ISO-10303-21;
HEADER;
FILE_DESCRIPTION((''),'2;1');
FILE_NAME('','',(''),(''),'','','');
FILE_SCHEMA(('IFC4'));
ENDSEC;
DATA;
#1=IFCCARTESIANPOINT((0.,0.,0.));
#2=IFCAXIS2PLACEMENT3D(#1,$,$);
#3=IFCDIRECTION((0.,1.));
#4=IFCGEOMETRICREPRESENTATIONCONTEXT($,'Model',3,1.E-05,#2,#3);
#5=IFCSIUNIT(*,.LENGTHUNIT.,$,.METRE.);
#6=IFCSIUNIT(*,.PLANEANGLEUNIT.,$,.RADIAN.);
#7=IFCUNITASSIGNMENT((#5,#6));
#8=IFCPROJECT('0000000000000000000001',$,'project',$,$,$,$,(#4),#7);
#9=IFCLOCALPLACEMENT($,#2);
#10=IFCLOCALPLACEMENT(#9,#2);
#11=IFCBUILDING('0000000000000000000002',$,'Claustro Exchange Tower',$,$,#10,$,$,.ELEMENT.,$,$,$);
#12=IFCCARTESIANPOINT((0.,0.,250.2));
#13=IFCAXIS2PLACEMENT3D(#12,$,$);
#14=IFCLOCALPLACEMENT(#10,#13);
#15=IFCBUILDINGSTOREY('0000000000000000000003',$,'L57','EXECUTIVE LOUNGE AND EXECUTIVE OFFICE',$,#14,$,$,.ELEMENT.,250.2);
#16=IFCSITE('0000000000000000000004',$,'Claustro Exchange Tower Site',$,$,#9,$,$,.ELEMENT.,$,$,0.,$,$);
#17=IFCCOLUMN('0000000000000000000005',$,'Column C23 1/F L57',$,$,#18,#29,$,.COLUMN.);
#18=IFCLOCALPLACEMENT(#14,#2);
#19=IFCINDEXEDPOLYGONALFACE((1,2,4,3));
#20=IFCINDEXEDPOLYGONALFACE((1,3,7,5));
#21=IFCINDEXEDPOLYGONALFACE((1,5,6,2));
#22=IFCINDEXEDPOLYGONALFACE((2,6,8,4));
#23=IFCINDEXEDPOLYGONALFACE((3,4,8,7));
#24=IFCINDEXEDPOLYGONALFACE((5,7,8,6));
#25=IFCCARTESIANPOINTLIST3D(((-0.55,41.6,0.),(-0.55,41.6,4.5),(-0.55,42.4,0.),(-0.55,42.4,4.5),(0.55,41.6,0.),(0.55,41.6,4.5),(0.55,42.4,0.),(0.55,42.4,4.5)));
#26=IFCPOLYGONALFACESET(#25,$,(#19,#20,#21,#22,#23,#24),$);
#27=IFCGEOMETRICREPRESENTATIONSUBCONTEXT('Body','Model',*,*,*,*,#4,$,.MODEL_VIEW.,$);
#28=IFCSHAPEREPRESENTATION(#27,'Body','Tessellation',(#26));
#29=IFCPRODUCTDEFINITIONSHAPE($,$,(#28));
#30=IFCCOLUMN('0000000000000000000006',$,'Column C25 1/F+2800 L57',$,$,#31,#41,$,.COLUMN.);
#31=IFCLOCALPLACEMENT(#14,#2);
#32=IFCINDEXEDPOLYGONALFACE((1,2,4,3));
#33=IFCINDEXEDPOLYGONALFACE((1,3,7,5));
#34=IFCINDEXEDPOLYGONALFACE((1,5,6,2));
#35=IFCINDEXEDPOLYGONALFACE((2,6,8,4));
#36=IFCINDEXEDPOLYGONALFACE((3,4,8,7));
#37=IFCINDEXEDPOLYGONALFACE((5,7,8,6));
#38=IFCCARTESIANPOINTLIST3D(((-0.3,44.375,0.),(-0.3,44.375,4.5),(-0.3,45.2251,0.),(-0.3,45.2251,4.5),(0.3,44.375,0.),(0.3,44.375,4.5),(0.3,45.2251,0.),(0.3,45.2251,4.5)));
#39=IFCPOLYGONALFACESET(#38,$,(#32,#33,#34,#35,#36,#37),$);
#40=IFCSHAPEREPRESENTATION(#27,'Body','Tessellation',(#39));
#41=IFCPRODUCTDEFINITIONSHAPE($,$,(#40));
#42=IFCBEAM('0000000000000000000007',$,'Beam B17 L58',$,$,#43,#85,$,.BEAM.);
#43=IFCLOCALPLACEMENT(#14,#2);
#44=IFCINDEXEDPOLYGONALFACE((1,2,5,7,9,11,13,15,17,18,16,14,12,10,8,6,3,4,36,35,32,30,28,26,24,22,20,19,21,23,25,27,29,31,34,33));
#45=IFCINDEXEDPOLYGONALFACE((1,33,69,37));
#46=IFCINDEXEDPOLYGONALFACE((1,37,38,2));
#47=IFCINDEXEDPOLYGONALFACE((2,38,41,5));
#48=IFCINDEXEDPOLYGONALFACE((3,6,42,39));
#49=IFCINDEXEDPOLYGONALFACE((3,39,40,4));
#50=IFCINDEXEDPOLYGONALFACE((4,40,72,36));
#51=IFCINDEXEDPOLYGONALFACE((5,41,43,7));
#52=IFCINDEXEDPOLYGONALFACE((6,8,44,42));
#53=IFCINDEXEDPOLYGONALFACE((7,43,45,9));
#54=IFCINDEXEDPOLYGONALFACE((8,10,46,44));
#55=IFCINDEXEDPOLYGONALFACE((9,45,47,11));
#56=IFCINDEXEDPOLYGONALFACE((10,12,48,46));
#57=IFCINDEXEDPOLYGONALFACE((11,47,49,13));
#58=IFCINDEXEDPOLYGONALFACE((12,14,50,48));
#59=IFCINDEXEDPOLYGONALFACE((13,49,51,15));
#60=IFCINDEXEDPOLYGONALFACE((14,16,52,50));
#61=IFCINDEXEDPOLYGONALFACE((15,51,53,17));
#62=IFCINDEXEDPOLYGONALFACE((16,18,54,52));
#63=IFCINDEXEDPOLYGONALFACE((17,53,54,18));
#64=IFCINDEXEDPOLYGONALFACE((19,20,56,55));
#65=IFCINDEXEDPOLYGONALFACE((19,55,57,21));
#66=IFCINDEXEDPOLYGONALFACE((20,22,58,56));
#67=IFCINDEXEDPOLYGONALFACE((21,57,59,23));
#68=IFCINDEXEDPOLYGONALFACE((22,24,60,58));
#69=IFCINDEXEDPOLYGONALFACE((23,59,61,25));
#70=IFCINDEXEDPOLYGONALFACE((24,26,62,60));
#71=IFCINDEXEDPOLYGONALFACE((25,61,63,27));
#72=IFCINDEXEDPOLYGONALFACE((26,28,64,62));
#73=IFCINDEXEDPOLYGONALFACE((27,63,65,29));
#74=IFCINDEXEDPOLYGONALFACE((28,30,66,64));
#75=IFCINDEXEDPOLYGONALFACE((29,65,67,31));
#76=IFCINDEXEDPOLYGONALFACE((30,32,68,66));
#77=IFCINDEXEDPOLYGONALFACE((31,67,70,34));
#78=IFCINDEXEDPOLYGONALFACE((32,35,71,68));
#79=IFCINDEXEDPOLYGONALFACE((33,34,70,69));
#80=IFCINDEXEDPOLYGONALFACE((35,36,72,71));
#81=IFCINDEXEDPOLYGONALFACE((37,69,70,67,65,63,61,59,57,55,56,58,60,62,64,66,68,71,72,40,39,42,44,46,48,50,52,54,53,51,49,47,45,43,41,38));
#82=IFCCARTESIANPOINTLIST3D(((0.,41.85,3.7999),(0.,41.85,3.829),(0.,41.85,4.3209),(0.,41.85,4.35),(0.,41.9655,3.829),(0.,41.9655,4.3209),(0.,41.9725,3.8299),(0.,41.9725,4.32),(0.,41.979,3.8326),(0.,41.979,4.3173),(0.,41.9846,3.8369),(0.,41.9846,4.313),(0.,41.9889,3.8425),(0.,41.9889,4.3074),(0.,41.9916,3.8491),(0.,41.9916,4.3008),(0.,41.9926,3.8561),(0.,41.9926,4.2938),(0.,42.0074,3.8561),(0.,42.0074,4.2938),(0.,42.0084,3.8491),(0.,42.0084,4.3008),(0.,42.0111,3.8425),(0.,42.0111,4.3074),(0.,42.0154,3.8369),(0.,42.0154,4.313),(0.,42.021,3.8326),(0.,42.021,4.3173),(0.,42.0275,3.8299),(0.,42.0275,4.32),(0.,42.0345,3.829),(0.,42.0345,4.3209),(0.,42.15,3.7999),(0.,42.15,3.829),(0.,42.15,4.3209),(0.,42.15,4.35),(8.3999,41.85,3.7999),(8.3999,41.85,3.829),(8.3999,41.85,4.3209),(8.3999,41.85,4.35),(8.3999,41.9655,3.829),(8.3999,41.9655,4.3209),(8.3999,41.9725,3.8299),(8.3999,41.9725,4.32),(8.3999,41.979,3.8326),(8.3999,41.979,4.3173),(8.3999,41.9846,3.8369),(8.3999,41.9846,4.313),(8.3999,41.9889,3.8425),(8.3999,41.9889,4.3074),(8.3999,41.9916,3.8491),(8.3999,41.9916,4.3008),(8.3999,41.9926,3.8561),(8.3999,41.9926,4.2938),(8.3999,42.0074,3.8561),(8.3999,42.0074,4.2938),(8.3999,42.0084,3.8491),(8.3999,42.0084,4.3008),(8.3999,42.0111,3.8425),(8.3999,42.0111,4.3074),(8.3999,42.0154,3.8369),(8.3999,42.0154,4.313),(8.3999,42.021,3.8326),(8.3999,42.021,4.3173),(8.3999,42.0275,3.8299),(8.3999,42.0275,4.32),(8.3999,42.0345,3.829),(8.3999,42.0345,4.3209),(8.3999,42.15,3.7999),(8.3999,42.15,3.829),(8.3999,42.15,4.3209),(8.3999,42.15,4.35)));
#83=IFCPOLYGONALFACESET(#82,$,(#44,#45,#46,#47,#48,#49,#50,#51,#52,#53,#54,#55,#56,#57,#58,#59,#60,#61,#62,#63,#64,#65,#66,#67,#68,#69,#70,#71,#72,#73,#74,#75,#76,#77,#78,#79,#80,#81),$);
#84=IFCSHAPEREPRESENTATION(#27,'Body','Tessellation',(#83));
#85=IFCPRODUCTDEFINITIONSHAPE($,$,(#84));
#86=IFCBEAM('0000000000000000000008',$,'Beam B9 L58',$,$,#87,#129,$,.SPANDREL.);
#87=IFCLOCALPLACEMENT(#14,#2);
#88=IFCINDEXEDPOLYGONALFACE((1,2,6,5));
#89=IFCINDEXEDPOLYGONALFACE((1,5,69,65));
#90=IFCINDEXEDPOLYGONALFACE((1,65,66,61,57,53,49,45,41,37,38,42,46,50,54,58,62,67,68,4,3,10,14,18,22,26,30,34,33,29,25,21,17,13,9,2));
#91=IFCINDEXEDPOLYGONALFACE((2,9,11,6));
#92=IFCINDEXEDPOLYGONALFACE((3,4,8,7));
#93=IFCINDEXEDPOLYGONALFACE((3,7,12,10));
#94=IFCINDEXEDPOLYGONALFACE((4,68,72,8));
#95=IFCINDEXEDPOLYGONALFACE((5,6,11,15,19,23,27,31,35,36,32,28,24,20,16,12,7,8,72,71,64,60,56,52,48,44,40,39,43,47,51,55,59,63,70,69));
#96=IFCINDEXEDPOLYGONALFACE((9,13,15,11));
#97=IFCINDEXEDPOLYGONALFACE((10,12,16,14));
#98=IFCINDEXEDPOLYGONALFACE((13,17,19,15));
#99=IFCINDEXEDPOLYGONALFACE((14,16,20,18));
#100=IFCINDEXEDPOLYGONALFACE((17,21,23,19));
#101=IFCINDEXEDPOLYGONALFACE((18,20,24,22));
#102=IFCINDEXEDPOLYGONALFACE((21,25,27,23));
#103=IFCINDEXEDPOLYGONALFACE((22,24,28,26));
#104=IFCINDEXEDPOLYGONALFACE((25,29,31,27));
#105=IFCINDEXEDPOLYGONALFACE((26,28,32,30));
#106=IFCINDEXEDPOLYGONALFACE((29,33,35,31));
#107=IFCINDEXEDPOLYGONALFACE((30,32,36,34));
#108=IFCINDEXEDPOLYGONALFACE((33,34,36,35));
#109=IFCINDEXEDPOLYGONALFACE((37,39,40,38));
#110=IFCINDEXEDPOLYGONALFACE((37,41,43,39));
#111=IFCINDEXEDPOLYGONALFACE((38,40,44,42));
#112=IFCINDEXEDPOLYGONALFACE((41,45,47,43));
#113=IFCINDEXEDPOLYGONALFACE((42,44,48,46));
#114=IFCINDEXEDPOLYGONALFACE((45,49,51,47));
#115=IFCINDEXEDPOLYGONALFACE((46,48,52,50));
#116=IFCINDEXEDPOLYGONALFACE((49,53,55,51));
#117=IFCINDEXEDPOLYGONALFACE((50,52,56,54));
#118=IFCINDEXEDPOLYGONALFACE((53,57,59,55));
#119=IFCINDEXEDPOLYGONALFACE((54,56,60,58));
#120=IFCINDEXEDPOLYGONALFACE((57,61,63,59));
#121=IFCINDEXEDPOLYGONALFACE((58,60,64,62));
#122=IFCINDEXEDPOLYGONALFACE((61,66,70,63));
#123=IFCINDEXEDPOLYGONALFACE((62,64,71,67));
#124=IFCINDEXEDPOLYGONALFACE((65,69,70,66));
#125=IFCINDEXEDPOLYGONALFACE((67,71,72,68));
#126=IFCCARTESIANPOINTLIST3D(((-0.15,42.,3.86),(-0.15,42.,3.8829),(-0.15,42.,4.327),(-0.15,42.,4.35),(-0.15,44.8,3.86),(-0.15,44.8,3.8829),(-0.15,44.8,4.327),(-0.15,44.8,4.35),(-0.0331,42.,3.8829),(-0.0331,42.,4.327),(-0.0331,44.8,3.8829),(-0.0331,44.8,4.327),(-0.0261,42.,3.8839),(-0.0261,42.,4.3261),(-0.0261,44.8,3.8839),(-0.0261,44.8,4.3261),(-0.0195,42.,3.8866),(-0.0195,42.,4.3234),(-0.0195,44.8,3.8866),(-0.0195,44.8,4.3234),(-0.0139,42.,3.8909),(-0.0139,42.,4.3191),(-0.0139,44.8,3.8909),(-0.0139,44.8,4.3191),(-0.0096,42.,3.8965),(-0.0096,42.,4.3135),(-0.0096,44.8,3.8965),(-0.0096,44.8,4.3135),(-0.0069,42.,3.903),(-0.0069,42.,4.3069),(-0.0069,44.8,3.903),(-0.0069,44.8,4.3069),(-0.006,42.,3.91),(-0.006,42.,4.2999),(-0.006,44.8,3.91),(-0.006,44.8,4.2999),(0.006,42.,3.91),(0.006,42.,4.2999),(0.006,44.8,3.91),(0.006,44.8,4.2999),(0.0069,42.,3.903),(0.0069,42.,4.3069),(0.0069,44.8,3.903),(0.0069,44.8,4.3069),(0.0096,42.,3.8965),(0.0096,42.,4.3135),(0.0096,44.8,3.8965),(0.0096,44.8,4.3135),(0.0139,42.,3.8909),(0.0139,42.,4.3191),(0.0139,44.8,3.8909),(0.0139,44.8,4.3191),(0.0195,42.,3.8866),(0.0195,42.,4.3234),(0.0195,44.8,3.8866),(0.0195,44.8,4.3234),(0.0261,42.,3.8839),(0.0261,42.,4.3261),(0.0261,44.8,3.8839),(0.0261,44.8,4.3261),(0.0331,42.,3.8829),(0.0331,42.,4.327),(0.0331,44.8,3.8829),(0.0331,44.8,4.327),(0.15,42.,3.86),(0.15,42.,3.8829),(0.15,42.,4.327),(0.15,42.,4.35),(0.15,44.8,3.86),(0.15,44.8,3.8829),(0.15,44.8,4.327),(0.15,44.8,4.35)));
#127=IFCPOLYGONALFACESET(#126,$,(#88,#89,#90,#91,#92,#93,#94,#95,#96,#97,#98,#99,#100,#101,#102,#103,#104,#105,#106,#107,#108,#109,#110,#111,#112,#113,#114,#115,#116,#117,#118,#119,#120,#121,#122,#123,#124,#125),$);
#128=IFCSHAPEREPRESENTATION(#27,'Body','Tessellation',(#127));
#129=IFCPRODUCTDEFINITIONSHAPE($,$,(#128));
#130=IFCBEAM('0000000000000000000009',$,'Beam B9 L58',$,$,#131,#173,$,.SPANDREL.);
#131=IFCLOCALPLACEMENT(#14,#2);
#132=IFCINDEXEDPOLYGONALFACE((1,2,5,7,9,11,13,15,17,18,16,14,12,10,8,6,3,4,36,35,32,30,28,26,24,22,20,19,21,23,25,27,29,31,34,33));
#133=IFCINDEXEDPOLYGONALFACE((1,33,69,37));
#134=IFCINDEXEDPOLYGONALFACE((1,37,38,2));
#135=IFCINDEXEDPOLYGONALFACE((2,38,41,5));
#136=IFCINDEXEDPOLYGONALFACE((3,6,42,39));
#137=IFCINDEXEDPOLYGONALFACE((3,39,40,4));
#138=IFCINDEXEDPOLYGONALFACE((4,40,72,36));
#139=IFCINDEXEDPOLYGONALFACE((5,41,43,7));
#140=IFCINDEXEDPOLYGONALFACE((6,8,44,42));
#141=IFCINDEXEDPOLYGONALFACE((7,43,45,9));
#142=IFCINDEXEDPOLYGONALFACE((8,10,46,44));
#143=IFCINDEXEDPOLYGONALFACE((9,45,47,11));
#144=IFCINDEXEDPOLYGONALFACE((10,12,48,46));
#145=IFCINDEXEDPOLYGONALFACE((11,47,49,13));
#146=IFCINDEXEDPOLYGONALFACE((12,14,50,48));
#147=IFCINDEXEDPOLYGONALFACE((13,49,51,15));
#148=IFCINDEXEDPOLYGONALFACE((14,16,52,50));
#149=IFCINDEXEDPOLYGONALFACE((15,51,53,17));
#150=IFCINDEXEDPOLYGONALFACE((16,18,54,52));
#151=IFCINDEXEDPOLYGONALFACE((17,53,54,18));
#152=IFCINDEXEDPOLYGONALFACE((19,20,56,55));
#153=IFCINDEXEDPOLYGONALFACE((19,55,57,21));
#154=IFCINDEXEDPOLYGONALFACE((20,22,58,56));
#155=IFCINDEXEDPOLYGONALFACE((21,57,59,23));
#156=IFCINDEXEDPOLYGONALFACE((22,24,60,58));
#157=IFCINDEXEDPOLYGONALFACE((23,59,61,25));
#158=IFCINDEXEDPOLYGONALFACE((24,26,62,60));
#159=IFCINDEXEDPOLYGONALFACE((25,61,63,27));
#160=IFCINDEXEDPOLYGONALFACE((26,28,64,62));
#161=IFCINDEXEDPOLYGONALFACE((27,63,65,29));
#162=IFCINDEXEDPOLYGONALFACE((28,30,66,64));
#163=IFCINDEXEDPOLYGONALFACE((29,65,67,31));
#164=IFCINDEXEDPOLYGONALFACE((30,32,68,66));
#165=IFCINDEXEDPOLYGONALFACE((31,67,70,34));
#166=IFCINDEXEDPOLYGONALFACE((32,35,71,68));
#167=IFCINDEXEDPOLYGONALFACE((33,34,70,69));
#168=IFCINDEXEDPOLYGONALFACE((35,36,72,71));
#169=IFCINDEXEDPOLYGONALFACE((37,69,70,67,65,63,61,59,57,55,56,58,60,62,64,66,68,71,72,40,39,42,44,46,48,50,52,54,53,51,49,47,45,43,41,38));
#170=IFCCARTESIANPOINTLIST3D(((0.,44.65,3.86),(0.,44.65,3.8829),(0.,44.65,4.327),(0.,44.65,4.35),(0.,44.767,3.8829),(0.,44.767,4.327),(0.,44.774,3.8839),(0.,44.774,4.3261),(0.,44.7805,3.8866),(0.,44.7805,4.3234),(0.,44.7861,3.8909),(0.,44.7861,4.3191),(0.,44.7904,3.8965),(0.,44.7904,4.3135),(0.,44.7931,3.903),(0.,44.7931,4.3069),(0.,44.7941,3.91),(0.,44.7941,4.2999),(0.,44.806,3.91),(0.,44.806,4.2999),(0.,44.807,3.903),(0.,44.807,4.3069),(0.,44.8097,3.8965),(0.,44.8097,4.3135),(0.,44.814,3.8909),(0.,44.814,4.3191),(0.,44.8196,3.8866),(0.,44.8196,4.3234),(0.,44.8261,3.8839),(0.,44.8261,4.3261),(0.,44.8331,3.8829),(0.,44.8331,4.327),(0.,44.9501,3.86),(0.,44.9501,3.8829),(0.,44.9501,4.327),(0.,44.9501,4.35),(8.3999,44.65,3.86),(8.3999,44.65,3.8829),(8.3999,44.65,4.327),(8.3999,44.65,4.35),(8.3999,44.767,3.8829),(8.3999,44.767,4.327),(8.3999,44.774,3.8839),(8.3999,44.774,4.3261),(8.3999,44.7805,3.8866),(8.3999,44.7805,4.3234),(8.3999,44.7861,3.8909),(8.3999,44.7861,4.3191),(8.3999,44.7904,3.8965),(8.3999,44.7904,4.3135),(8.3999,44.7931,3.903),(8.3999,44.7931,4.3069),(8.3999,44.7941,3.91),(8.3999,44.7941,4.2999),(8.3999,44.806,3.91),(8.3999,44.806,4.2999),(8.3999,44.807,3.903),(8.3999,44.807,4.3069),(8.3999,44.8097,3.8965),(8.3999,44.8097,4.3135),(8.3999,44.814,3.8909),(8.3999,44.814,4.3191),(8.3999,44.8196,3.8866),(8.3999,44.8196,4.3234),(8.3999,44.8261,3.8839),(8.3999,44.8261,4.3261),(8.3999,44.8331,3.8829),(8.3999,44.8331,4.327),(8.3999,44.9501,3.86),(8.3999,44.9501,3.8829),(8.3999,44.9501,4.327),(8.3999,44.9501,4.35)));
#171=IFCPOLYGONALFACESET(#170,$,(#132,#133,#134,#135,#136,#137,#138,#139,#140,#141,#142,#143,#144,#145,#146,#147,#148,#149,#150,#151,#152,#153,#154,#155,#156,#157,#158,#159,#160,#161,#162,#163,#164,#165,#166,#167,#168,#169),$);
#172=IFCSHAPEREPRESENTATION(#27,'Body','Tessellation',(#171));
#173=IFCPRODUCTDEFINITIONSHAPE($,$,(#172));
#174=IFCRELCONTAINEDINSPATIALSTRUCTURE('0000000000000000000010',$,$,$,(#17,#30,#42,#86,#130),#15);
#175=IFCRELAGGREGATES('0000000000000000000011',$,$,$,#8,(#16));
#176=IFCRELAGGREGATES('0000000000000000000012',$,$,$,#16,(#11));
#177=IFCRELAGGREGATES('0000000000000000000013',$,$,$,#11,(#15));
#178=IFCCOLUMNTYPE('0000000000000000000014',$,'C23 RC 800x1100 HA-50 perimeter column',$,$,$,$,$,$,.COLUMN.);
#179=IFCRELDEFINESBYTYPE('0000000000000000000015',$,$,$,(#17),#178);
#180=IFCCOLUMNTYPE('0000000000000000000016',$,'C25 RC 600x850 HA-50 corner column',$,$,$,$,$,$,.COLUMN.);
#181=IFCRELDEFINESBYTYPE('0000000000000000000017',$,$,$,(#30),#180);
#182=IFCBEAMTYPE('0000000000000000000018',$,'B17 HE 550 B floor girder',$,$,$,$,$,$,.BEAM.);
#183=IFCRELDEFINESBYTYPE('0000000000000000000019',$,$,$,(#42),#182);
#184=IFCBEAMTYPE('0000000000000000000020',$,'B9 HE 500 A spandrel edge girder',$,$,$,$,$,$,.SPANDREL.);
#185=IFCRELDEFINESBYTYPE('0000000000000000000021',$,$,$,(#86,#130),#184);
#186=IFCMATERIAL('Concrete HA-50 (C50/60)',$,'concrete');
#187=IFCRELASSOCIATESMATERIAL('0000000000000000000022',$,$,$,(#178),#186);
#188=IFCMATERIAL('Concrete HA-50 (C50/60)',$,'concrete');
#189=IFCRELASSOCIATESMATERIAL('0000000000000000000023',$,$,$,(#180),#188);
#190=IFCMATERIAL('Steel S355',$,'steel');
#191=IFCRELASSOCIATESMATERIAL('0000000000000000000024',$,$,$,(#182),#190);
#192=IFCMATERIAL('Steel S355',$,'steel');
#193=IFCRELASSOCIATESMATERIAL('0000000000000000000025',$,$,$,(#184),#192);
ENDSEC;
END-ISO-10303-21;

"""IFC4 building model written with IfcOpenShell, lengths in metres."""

from ifc_helpers import new_model, si_unit, direction, frame, origin, origin_2d, place, context, subcontext, project, spatial, rectangle, i_section, extrude, material, material_profile, profile_set, type_object, element, save


model = new_model("IFC4")

# Units and contexts
model_context = context("Model", 3, precision=1e-05, world=origin(), true_north=direction((0.0, 1.0)))
body_context = subcontext(model_context, "Body", "Model", "MODEL_VIEW")
ifc_project = project(units=[si_unit("LENGTHUNIT", "METRE"), si_unit("PLANEANGLEUNIT", "RADIAN")], contexts=[model_context])

# Site, building, storey
site_placement = place(None, origin())
site = spatial("IfcSite", under=ifc_project, at=site_placement, Name="Claustro Exchange Tower Site", CompositionType="ELEMENT", RefElevation=0.0)
building_placement = place(site_placement, origin())
building = spatial("IfcBuilding", under=site, at=building_placement, Name="Claustro Exchange Tower", CompositionType="ELEMENT")
storey_placement = place(building_placement, frame((0.0, 0.0, 250.2)))
storey = spatial("IfcBuildingStorey", under=building, at=storey_placement, Name="L57", Description="EXECUTIVE LOUNGE AND EXECUTIVE OFFICE", CompositionType="ELEMENT", Elevation=250.2)

# Columns
ifc_material_1 = material(Name="Concrete HA-50 (C50/60)", Category="concrete")
ifc_material_profile_1 = material_profile(ifc_material_1, rectangle(XDim=0.8, YDim=1.1001, at=origin_2d()), Name="RC 800x1100")
ifc_profile_set_1 = profile_set([ifc_material_profile_1], Name="Concrete HA-50 (C50/60)")
column_type_1 = type_object("IfcColumnType", Name="C23 RC 800x1100 HA-50 perimeter column", PredefinedType="COLUMN", material=ifc_profile_set_1)
column_1_placement = place(storey_placement, frame((0.0, 42.0, 0.0), z_axis=(0.0, 0.0, 1.0), x_axis=(0.0, 1.0, 0.0)))
element("IfcColumn", 1, at=column_1_placement, inside=storey, type_object=column_type_1, Name="Column C23 1/F L57", PredefinedType="COLUMN", context=body_context, shape_type="SweptSolid", body=[
    extrude(rectangle(XDim=0.8, YDim=1.1001, at=origin_2d()), origin(), (0.0, 0.0, 1.0), 4.5),
])
ifc_material_2 = material(Name="Concrete HA-50 (C50/60)", Category="concrete")
ifc_material_profile_2 = material_profile(ifc_material_2, rectangle(XDim=0.6001, YDim=0.8501, at=origin_2d()), Name="RC 600x850")
ifc_profile_set_2 = profile_set([ifc_material_profile_2], Name="Concrete HA-50 (C50/60)")
column_type_2 = type_object("IfcColumnType", Name="C25 RC 600x850 HA-50 corner column", PredefinedType="COLUMN", material=ifc_profile_set_2)
column_2_placement = place(storey_placement, frame((0.0, 44.8, 0.0), z_axis=(0.0, 0.0, 1.0), x_axis=(1.0, 0.0, 0.0)))
element("IfcColumn", 2, at=column_2_placement, inside=storey, type_object=column_type_2, Name="Column C25 1/F+2800 L57", PredefinedType="COLUMN", context=body_context, shape_type="SweptSolid", body=[
    extrude(rectangle(XDim=0.6001, YDim=0.8501, at=origin_2d()), origin(), (0.0, 0.0, 1.0), 4.5),
])

# Beams
ifc_material_3 = material(Name="Steel S355", Category="steel")
ifc_material_profile_3 = material_profile(ifc_material_3, i_section(OverallWidth=0.3, OverallDepth=0.55, WebThickness=0.0149, FlangeThickness=0.0291, FilletRadius=0.0271, at=origin_2d()), Name="HE 550 B")
ifc_profile_set_3 = profile_set([ifc_material_profile_3], Name="Steel S355")
beam_type_1 = type_object("IfcBeamType", Name="B17 HE 550 B floor girder", PredefinedType="BEAM", material=ifc_profile_set_3)
beam_1_placement = place(storey_placement, frame((0.0, 42.0, 4.075), z_axis=(1.0, 0.0, 0.0), x_axis=(0.0, 1.0, 0.0)))
element("IfcBeam", 3, at=beam_1_placement, inside=storey, type_object=beam_type_1, Name="Beam B17 L58", PredefinedType="BEAM", context=body_context, shape_type="SweptSolid", body=[
    extrude(i_section(OverallWidth=0.3, OverallDepth=0.55, WebThickness=0.0149, FlangeThickness=0.0291, FilletRadius=0.0271, at=origin_2d()), origin(), (0.0, 0.0, 1.0), 8.3999),
])
ifc_material_4 = material(Name="Steel S355", Category="steel")
ifc_material_profile_4 = material_profile(ifc_material_4, i_section(OverallWidth=0.3, OverallDepth=0.49, WebThickness=0.012, FlangeThickness=0.0229, FilletRadius=0.0271, at=origin_2d()), Name="HE 500 A")
ifc_profile_set_4 = profile_set([ifc_material_profile_4], Name="Steel S355")
beam_type_2 = type_object("IfcBeamType", Name="B9 HE 500 A spandrel edge girder", PredefinedType="SPANDREL", material=ifc_profile_set_4)
beam_2_placement = place(storey_placement, frame((0.0, 42.0, 4.105), z_axis=(0.0, 1.0, 0.0), x_axis=(-1.0, 0.0, 0.0)))
element("IfcBeam", 4, at=beam_2_placement, inside=storey, type_object=beam_type_2, Name="Beam B9 L58", PredefinedType="SPANDREL", context=body_context, shape_type="SweptSolid", body=[
    extrude(i_section(OverallWidth=0.3, OverallDepth=0.49, WebThickness=0.012, FlangeThickness=0.0229, FilletRadius=0.0271, at=origin_2d()), origin(), (0.0, 0.0, 1.0), 2.8),
])
beam_3_placement = place(storey_placement, frame((0.0, 44.8, 4.105), z_axis=(1.0, 0.0, 0.0), x_axis=(0.0, 1.0, 0.0)))
element("IfcBeam", 5, at=beam_3_placement, inside=storey, type_object=beam_type_2, Name="Beam B9 L58", PredefinedType="SPANDREL", context=body_context, shape_type="SweptSolid", body=[
    extrude(i_section(OverallWidth=0.3, OverallDepth=0.49, WebThickness=0.012, FlangeThickness=0.0229, FilletRadius=0.0271, at=origin_2d()), origin(), (0.0, 0.0, 1.0), 8.3999),
])

save(model, "model.ifc")
